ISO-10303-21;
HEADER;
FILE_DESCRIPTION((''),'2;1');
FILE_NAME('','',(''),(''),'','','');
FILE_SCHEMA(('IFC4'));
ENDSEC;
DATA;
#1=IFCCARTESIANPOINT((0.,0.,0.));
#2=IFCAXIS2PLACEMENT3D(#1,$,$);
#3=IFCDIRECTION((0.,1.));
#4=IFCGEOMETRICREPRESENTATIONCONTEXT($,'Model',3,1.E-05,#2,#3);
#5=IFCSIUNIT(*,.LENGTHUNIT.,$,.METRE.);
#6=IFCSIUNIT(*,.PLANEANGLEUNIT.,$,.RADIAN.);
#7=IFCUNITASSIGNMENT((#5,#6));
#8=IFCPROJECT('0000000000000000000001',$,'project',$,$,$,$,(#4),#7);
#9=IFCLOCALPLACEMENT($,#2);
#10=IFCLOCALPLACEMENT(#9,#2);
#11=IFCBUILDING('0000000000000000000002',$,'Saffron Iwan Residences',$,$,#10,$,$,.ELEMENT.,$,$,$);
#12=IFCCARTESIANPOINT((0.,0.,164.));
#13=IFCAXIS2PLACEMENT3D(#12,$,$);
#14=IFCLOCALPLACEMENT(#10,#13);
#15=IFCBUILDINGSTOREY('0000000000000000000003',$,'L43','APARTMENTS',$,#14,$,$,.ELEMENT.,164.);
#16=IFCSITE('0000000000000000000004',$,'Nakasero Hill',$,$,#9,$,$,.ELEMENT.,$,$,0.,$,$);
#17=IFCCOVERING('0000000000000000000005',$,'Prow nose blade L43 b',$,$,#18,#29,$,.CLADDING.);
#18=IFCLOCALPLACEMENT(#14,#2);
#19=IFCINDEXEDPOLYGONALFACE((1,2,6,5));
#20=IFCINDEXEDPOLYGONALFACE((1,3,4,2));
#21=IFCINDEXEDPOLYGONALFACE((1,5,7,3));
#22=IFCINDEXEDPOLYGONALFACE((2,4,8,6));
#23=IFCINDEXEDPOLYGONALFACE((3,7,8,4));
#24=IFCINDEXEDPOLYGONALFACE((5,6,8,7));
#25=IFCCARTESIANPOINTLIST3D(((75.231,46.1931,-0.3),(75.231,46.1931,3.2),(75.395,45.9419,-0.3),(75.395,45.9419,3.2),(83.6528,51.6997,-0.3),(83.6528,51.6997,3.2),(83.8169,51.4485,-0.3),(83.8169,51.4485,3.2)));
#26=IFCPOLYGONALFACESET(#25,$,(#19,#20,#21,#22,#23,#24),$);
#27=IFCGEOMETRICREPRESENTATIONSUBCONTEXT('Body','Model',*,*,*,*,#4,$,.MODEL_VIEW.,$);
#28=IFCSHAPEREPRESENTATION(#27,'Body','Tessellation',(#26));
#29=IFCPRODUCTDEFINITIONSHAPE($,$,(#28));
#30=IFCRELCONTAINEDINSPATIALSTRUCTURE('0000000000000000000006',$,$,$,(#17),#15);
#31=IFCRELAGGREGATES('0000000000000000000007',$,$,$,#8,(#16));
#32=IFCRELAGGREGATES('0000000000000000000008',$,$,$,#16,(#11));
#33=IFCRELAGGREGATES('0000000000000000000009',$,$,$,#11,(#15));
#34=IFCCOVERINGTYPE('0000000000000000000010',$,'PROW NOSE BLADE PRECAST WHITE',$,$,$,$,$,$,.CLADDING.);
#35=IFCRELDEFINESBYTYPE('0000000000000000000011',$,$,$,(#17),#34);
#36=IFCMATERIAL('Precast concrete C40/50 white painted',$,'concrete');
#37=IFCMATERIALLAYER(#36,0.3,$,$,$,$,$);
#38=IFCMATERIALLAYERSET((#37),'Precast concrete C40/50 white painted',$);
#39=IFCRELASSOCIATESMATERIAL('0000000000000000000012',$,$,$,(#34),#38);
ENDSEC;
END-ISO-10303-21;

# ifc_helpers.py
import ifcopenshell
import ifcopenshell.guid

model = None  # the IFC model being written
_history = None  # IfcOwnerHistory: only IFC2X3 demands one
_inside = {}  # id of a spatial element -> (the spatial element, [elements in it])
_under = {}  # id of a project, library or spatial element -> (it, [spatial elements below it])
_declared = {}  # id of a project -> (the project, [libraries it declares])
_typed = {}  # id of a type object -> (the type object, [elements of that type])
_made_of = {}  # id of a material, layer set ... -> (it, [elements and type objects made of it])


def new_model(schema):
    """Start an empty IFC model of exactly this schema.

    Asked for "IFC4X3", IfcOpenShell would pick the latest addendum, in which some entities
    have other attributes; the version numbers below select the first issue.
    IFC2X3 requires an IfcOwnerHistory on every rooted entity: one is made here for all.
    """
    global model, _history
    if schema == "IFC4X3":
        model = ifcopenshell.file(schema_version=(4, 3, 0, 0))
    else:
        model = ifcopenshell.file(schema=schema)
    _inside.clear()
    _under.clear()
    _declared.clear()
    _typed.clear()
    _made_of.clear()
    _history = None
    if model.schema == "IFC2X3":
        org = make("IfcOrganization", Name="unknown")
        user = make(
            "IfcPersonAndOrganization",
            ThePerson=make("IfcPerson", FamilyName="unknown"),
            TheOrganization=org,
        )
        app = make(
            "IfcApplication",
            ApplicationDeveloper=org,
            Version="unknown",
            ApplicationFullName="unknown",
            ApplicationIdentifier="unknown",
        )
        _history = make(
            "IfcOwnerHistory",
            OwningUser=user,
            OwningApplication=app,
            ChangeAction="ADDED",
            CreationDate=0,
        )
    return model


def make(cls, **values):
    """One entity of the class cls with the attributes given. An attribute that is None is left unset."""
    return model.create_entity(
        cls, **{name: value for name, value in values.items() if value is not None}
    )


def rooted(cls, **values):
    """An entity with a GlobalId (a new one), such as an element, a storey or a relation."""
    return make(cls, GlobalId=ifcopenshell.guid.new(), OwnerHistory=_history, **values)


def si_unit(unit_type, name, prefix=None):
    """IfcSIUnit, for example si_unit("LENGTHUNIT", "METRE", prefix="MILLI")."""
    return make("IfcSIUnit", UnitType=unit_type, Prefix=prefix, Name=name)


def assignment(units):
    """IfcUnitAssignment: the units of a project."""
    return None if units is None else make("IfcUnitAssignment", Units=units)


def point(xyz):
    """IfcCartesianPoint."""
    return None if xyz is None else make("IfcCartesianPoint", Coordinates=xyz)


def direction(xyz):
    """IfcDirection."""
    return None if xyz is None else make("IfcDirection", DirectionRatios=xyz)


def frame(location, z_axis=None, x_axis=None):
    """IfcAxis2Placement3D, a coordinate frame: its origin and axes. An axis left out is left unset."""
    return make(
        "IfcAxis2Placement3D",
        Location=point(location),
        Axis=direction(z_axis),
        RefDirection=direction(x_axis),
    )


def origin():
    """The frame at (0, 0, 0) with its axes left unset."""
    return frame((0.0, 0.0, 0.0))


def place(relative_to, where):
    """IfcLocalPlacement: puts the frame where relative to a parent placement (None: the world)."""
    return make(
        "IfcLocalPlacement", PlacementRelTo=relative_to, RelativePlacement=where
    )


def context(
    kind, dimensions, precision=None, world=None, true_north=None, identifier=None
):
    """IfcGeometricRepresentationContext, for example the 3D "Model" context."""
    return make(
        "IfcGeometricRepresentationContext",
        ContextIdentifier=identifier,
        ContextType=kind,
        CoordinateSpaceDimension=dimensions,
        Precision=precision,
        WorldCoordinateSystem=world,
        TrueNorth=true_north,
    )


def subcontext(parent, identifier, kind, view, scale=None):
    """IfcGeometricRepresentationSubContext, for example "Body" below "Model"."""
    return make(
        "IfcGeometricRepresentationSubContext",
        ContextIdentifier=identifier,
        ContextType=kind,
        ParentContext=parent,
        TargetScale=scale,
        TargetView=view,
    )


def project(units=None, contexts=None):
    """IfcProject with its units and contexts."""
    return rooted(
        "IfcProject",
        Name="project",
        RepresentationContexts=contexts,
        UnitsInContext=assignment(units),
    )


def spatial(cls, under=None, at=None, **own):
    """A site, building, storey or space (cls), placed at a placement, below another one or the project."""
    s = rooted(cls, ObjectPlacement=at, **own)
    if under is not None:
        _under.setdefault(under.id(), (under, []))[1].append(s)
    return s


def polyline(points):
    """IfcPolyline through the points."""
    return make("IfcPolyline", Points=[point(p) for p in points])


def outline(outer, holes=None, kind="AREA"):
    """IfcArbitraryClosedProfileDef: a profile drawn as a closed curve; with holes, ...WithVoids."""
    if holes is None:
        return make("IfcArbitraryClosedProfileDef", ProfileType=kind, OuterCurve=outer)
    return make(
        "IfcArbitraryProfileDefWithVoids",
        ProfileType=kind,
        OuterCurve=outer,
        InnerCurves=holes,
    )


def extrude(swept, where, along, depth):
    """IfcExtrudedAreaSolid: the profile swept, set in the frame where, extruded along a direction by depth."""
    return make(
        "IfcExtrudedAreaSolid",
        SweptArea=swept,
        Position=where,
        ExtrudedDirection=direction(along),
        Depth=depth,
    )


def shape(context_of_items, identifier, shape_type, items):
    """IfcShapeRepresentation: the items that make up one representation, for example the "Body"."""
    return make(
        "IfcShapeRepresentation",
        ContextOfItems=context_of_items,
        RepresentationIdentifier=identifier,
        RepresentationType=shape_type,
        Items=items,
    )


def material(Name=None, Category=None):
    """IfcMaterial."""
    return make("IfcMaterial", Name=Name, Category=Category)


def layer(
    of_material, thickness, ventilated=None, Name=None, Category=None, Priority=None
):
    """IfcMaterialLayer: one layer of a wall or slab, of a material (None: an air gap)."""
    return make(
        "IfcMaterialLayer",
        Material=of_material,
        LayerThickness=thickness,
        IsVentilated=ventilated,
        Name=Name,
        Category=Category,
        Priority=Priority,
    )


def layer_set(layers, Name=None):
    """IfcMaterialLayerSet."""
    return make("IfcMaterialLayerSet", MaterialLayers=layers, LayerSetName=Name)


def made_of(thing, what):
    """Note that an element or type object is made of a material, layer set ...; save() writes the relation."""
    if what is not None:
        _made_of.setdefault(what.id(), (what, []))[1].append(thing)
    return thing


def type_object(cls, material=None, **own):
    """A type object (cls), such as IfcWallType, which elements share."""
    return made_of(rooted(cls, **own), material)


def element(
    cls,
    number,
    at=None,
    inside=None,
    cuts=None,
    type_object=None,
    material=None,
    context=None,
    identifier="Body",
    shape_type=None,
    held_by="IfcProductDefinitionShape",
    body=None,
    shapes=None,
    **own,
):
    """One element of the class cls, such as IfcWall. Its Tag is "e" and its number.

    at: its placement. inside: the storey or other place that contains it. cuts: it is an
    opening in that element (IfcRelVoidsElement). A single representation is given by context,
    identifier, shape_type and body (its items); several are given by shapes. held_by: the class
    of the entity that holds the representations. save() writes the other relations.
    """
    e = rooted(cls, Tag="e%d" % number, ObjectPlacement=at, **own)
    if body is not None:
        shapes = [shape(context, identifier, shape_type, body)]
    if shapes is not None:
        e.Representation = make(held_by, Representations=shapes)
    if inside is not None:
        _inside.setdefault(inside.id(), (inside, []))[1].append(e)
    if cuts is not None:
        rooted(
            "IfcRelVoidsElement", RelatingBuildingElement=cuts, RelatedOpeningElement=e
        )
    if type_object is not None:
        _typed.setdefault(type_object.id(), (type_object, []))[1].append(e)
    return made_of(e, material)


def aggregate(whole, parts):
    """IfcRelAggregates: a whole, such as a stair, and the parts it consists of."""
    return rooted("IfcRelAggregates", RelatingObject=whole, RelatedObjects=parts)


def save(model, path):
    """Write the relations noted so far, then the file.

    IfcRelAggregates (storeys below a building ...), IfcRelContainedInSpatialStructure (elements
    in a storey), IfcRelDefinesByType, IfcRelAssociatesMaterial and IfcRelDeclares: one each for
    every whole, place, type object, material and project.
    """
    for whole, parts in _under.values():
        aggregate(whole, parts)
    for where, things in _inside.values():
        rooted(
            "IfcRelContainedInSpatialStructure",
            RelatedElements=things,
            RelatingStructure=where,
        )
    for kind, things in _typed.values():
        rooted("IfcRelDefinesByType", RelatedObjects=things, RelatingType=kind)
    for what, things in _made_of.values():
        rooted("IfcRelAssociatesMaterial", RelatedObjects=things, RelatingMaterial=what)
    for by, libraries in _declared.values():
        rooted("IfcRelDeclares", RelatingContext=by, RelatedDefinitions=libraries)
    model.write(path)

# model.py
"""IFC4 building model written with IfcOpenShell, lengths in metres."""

from ifc_helpers import new_model, si_unit, direction, frame, origin, place, context, subcontext, project, spatial, polyline, outline, extrude, material, layer, layer_set, type_object, element, save


model = new_model("IFC4")

# Units and contexts
model_context = context("Model", 3, precision=1e-05, world=origin(), true_north=direction((0.0, 1.0)))
body_context = subcontext(model_context, "Body", "Model", "MODEL_VIEW")
ifc_project = project(units=[si_unit("LENGTHUNIT", "METRE"), si_unit("PLANEANGLEUNIT", "RADIAN")], contexts=[model_context])

# Site, building, storey
site_placement = place(None, origin())
site = spatial("IfcSite", under=ifc_project, at=site_placement, Name="Nakasero Hill", CompositionType="ELEMENT", RefElevation=0.0)
building_placement = place(site_placement, origin())
building = spatial("IfcBuilding", under=site, at=building_placement, Name="Saffron Iwan Residences", CompositionType="ELEMENT")
storey_placement = place(building_placement, frame((0.0, 0.0, 164.0)))
storey = spatial("IfcBuildingStorey", under=building, at=storey_placement, Name="L43", Description="APARTMENTS", CompositionType="ELEMENT", Elevation=164.0)

# Covering
ifc_material_1 = material(Name="Precast concrete C40/50 white painted", Category="concrete")
ifc_layer_1 = layer(ifc_material_1, 0.3)
ifc_layer_set_1 = layer_set([ifc_layer_1], Name="Precast concrete C40/50 white painted")
covering_type_1 = type_object("IfcCoveringType", Name="PROW NOSE BLADE PRECAST WHITE", PredefinedType="CLADDING", material=ifc_layer_set_1)
covering_1_placement = place(storey_placement, frame((0.0, 0.0, -0.3)))
element("IfcCovering", 1, at=covering_1_placement, inside=storey, type_object=covering_type_1, Name="Prow nose blade L43 b", PredefinedType="CLADDING", context=body_context, shape_type="SweptSolid", body=[
    extrude(outline(polyline([(75.395, 45.9419), (83.8169, 51.4485), (83.6528, 51.6997), (75.231, 46.1931), (75.395, 45.9419)])), origin(), (0.0, 0.0, 1.0), 3.5),
])

save(model, "model.ifc")
